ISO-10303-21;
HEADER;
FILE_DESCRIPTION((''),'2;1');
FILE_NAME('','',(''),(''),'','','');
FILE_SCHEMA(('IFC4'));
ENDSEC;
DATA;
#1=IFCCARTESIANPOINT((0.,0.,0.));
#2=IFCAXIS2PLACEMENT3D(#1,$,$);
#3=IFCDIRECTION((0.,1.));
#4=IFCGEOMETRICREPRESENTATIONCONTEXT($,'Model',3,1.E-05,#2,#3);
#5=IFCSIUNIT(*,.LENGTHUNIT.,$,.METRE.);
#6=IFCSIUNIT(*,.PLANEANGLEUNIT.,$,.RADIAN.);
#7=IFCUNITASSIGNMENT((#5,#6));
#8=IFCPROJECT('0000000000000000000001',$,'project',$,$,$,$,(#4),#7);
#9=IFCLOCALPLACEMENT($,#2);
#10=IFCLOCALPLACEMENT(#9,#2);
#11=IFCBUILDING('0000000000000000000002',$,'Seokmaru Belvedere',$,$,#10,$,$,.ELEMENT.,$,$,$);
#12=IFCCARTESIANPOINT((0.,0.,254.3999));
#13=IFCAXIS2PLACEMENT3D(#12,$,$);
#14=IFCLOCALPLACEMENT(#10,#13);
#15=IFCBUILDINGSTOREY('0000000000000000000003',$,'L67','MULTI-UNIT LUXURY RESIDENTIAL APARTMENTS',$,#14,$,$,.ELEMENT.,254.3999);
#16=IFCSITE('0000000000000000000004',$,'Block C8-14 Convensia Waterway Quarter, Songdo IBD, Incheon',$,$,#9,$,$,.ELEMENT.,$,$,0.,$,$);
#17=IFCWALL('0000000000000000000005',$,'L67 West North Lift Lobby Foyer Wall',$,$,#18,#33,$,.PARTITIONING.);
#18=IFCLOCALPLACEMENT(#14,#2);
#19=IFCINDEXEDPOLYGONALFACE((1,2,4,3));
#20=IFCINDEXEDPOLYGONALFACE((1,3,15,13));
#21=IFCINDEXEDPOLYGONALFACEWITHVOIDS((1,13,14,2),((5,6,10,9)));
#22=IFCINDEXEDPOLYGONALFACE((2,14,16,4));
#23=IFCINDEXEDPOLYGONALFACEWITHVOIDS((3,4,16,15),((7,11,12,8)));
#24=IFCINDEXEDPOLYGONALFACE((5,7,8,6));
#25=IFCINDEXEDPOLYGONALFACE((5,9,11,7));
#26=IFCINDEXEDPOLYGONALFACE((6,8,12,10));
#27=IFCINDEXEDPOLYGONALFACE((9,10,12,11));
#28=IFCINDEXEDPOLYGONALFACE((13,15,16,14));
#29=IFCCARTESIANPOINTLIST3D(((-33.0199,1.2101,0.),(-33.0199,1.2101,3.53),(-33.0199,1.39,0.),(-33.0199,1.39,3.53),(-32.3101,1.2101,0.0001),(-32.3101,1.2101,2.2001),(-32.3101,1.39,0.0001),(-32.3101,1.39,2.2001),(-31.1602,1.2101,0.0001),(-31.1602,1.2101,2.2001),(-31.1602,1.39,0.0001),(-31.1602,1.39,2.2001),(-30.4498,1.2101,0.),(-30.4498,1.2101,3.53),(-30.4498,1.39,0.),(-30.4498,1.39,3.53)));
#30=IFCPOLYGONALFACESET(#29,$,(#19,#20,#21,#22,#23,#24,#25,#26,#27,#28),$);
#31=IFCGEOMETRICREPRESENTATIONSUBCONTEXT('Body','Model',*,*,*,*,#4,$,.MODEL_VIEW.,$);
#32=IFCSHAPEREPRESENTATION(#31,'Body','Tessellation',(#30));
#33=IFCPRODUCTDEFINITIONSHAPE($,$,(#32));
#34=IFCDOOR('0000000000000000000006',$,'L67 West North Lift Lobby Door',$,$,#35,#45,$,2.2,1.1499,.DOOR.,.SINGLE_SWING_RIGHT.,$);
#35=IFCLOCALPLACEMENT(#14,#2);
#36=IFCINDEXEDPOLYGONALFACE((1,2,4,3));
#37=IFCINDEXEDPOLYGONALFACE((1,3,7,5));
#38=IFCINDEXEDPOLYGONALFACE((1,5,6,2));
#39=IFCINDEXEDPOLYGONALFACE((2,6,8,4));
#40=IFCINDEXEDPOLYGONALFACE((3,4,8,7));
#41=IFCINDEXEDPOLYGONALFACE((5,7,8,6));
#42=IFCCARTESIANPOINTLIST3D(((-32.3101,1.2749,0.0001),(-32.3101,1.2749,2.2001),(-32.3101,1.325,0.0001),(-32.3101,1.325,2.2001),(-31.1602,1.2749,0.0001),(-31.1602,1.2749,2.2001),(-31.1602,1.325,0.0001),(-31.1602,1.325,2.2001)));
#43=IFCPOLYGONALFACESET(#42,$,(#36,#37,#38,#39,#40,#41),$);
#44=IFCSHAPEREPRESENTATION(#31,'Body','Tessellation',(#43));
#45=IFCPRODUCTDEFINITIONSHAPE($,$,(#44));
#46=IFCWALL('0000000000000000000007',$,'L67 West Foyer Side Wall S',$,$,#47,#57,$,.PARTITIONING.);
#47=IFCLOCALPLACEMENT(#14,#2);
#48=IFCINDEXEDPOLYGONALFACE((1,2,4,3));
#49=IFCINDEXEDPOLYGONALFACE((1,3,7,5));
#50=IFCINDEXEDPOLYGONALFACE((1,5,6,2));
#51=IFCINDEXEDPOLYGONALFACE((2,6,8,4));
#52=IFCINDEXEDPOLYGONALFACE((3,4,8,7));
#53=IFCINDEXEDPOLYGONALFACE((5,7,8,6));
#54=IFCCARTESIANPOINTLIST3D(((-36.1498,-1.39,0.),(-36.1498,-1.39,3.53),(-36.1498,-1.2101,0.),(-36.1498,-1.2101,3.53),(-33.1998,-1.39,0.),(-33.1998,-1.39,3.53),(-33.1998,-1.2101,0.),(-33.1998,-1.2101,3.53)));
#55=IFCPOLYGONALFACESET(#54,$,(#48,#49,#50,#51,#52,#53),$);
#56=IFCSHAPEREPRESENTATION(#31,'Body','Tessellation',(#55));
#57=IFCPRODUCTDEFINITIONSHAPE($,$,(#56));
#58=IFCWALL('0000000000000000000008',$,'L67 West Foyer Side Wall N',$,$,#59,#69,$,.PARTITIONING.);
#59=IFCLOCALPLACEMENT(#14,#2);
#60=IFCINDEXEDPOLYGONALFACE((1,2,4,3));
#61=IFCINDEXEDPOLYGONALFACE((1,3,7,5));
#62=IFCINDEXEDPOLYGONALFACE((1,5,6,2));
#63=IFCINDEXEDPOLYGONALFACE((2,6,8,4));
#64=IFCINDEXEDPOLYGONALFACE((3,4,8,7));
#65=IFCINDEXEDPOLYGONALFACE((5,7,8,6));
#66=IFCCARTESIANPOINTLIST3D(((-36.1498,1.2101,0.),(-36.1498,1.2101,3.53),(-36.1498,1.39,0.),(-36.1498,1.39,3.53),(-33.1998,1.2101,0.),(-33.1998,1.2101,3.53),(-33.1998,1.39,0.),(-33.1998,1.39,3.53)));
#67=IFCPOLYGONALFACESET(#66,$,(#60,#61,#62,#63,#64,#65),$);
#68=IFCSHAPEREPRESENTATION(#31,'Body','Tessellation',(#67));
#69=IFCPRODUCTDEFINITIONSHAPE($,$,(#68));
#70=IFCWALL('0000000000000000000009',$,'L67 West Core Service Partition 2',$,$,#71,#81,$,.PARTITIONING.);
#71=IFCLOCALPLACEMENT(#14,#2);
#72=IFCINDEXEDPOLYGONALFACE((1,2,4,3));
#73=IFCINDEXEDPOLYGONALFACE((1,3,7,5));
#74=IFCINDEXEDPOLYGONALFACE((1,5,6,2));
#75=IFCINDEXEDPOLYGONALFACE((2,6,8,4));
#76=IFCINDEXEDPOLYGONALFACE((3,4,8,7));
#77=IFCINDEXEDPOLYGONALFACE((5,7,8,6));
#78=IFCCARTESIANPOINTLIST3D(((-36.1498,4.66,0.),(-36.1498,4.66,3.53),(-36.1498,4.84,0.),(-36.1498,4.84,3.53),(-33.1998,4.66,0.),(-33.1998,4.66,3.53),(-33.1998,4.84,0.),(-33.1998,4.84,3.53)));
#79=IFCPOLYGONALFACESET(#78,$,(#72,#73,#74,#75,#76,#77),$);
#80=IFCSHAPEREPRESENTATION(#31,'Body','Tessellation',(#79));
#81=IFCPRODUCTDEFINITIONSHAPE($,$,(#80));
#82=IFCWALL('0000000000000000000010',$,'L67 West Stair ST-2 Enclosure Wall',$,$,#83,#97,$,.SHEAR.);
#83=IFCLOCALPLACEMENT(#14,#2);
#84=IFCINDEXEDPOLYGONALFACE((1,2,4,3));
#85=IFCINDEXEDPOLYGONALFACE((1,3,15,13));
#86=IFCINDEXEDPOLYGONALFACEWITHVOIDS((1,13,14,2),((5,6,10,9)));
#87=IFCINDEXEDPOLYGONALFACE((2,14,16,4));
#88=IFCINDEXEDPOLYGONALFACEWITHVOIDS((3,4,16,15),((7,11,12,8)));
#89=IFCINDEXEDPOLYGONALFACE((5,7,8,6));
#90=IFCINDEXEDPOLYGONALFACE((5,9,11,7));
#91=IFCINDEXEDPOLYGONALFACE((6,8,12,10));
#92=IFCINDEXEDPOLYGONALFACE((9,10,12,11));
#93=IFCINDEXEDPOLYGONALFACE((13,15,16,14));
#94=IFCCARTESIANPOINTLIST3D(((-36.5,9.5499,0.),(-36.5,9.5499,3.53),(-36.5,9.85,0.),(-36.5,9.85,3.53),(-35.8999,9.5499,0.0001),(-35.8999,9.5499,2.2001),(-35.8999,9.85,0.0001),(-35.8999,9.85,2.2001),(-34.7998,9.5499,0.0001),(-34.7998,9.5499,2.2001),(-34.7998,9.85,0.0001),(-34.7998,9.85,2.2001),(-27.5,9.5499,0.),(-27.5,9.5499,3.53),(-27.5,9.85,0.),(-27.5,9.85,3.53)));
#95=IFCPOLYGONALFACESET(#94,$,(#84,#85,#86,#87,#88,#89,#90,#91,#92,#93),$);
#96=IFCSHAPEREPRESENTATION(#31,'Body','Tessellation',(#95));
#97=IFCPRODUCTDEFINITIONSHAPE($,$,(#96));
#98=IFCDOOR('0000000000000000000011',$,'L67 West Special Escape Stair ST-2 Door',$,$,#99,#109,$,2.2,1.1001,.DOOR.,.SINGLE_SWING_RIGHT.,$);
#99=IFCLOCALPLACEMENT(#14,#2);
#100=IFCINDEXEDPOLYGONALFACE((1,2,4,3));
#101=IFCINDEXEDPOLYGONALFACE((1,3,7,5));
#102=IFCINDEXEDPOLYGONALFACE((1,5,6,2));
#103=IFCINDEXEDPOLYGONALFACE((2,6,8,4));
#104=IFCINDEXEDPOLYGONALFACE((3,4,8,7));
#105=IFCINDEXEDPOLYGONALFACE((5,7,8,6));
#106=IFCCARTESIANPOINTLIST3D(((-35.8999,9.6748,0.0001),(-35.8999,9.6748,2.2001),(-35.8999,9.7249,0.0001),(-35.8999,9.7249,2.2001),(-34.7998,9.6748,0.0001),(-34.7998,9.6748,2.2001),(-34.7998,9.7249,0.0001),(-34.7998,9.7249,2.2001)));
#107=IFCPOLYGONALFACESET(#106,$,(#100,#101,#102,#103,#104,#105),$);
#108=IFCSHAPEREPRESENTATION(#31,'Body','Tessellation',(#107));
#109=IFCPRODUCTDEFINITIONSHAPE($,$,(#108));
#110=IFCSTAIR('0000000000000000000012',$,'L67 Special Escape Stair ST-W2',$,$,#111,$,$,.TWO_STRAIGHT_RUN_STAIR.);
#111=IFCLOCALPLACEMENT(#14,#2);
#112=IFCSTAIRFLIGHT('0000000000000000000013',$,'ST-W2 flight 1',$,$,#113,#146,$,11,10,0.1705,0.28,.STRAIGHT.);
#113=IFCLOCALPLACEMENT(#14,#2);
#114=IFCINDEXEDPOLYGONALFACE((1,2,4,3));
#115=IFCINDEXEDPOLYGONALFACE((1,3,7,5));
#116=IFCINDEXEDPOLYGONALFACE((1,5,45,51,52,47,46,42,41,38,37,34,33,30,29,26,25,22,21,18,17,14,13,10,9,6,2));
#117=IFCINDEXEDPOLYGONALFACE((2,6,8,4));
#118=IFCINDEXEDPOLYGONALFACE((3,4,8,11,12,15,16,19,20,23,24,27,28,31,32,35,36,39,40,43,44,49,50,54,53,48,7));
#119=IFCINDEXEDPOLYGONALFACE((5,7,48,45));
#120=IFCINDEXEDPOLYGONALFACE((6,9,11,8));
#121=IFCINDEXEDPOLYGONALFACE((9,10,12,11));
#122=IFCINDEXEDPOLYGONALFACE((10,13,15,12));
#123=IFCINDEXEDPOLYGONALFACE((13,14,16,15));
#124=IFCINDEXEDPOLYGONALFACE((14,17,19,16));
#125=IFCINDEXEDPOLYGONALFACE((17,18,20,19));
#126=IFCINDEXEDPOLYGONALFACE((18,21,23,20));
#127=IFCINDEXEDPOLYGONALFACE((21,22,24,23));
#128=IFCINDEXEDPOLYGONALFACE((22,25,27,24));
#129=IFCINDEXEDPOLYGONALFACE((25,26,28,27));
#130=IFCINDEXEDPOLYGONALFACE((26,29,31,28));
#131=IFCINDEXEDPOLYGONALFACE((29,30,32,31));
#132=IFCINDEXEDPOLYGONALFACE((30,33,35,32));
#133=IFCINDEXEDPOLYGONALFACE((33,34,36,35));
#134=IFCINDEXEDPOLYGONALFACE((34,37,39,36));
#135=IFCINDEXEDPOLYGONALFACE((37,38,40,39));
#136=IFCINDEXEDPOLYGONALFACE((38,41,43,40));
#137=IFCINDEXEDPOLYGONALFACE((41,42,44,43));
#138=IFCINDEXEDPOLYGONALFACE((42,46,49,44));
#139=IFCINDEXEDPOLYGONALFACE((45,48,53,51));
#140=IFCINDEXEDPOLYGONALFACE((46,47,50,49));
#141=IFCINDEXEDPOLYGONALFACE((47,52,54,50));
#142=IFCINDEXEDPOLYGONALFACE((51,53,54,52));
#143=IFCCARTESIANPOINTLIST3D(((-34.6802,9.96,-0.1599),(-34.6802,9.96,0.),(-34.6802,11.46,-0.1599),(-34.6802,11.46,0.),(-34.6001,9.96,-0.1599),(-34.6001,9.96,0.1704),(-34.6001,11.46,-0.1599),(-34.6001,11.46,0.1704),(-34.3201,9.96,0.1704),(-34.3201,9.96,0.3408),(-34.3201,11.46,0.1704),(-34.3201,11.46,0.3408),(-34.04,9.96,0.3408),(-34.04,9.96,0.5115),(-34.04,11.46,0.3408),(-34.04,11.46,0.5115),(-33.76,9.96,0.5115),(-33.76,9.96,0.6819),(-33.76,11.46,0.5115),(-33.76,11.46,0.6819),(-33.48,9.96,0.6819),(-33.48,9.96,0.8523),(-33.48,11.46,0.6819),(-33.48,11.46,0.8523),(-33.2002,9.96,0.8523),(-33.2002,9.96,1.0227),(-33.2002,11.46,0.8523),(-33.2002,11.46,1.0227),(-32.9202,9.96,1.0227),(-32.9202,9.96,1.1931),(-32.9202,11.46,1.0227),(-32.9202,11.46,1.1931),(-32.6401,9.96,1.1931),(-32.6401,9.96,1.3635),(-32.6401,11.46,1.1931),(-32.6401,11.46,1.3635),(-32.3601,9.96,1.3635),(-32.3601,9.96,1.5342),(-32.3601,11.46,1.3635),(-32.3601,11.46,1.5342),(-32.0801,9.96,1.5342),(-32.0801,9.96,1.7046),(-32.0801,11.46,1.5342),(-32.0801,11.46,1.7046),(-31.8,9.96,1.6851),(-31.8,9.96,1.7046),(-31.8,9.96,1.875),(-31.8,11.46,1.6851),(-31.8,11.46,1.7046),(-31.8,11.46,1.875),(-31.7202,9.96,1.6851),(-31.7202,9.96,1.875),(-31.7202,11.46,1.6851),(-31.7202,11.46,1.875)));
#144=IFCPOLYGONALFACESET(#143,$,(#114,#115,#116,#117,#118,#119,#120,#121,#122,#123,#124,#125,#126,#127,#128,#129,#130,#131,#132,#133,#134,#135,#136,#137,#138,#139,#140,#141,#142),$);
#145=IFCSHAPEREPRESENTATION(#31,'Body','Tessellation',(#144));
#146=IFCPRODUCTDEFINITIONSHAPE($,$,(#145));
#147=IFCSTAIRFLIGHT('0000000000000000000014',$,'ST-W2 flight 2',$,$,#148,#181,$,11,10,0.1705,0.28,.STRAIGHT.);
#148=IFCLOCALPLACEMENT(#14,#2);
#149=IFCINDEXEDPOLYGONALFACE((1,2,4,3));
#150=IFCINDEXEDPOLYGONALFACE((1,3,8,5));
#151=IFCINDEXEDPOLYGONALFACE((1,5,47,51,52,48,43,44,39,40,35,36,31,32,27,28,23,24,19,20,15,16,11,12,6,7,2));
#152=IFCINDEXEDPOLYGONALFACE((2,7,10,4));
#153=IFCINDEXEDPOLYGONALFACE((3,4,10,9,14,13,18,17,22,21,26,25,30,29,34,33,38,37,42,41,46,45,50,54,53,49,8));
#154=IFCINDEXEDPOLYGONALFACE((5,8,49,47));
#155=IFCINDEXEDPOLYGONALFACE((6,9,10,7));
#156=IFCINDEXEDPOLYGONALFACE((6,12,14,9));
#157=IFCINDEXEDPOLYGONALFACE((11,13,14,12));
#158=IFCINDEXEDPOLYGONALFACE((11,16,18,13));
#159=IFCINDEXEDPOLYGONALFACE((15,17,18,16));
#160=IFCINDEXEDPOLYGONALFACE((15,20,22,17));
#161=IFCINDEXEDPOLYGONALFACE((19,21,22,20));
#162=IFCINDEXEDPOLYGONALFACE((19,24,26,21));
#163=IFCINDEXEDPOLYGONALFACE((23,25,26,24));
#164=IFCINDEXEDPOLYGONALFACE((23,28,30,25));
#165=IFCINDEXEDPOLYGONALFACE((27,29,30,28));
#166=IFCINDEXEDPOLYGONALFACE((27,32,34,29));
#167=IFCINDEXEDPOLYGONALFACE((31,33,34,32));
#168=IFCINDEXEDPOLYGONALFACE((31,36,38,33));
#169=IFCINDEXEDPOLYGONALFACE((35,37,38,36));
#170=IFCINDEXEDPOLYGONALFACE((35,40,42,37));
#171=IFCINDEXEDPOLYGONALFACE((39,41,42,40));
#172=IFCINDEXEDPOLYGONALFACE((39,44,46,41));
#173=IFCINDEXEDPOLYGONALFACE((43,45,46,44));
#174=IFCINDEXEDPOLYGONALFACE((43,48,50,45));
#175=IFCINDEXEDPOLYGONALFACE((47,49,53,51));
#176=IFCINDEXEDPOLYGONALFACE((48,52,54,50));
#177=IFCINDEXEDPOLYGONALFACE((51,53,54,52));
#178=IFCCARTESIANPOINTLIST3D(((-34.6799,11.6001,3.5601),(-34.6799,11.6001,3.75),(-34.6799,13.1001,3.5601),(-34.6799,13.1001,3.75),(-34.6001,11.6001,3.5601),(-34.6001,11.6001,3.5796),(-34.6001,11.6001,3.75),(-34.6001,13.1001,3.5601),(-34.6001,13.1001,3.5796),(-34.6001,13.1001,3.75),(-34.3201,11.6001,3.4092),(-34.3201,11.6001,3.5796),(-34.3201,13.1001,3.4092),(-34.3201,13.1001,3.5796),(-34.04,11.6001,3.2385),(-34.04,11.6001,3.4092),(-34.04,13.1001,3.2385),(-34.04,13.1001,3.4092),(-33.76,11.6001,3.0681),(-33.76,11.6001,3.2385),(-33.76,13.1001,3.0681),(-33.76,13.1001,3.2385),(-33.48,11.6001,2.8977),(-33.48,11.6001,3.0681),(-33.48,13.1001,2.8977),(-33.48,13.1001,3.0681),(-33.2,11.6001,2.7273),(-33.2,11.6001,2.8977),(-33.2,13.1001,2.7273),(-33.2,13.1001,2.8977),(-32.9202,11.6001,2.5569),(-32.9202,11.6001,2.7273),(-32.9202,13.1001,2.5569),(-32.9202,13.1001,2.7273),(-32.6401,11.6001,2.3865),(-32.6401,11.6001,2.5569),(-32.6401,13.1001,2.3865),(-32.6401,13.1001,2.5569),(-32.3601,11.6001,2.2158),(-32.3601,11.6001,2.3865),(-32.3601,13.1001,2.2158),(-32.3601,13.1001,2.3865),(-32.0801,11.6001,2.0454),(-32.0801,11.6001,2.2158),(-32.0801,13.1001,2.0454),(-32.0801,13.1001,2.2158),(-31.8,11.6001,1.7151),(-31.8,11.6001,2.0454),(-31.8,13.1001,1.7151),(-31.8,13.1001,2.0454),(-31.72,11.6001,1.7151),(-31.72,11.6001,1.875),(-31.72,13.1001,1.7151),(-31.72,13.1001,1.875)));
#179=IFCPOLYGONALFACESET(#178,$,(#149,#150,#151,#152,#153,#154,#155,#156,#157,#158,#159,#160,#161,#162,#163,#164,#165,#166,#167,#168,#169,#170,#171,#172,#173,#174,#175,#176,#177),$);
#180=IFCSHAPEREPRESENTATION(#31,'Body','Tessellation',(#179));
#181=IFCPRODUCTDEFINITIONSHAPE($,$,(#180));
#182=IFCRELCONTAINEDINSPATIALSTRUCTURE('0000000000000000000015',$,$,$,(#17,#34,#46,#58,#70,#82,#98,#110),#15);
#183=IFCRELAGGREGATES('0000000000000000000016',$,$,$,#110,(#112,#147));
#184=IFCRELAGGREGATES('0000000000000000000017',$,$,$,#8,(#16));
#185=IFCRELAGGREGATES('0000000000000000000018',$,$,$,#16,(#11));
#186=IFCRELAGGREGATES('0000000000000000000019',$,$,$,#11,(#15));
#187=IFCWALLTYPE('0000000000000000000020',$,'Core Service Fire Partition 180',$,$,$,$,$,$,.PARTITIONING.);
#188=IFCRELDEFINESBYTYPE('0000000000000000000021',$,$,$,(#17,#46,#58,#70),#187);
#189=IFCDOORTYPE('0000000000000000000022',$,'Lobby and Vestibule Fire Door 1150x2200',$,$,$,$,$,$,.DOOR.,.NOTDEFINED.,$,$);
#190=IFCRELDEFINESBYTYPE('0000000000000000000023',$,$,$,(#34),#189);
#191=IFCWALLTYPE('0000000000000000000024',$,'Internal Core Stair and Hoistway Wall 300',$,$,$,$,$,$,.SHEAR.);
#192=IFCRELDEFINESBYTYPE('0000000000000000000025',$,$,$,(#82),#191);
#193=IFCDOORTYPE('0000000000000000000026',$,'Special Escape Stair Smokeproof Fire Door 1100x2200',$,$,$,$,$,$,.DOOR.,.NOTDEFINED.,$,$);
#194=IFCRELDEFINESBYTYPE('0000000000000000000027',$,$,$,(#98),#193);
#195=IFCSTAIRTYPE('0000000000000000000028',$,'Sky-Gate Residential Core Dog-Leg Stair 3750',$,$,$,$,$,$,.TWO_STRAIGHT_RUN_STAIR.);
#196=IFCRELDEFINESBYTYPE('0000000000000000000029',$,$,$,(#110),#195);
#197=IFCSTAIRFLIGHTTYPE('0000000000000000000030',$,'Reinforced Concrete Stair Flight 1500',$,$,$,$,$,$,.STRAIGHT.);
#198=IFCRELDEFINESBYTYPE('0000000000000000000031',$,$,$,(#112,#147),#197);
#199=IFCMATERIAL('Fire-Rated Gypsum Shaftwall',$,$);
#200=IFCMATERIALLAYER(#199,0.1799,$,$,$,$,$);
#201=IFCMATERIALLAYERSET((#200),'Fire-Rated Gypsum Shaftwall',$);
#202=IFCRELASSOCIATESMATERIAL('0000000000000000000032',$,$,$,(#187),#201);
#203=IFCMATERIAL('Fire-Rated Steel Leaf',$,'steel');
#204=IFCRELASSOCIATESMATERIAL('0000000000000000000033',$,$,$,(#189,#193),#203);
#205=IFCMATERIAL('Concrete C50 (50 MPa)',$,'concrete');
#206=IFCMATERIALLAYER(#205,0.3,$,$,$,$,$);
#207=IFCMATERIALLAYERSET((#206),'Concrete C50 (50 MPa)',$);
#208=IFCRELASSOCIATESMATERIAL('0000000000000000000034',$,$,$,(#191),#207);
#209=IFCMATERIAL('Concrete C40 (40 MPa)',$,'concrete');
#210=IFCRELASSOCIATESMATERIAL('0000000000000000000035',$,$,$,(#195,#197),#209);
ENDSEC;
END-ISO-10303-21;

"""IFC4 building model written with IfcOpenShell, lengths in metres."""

from ifc_helpers import new_model, si_unit, direction, frame, frame_2d, origin, place, context, subcontext, project, spatial, polyline, rectangle, outline, extrude, source, transform, mapped, material, layer, layer_set, type_object, type_shapes, element, fill, aggregate, save


model = new_model("IFC4")

# Units and contexts
model_context = context("Model", 3, precision=1e-05, world=origin(), true_north=direction((0.0, 1.0)))
body_context = subcontext(model_context, "Body", "Model", "MODEL_VIEW")
ifc_project = project(units=[si_unit("LENGTHUNIT", "METRE"), si_unit("PLANEANGLEUNIT", "RADIAN")], contexts=[model_context])

# Site, building, storey
site_placement = place(None, origin())
site = spatial("IfcSite", under=ifc_project, at=site_placement, Name="Block C8-14 Convensia Waterway Quarter, Songdo IBD, Incheon", CompositionType="ELEMENT", RefElevation=0.0)
building_placement = place(site_placement, origin())
building = spatial("IfcBuilding", under=site, at=building_placement, Name="Seokmaru Belvedere", CompositionType="ELEMENT")
storey_placement = place(building_placement, frame((0.0, 0.0, 254.3999)))
storey = spatial("IfcBuildingStorey", under=building, at=storey_placement, Name="L67", Description="MULTI-UNIT LUXURY RESIDENTIAL APARTMENTS", CompositionType="ELEMENT", Elevation=254.3999)

# Shared definitions
ifc_material_1 = material(Name="Fire-Rated Gypsum Shaftwall")
ifc_layer_1 = layer(ifc_material_1, 0.1799)
ifc_layer_set_1 = layer_set([ifc_layer_1], Name="Fire-Rated Gypsum Shaftwall")
wall_type_1 = type_object("IfcWallType", Name="Core Service Fire Partition 180", PredefinedType="PARTITIONING", material=ifc_layer_set_1)

# Wall, opening, door
ifc_material_2 = material(Name="Fire-Rated Steel Leaf", Category="steel")
door_type_1 = type_object("IfcDoorType", Name="Lobby and Vestibule Fire Door 1150x2200", OperationType="NOTDEFINED", PredefinedType="DOOR", material=ifc_material_2)
shared_shape_1 = source(origin(), body_context, "Body", "SweptSolid", [
    extrude(rectangle(XDim=1.1499, YDim=2.2, at=frame_2d((0.575, 1.1001))), frame((0.0, 0.0249, 0.0), z_axis=(0.0, -1.0, 0.0), x_axis=(1.0, 0.0, 0.0)), (0.0, 0.0, 1.0), 0.05),
])
type_shapes(door_type_1, [shared_shape_1])
wall_1_placement = place(storey_placement, frame((-33.02, 1.3, 0.0), z_axis=(0.0, 0.0, 1.0), x_axis=(1.0, 0.0, 0.0)))
wall_1 = element("IfcWall", 1, at=wall_1_placement, inside=storey, type_object=wall_type_1, Name="L67 West North Lift Lobby Foyer Wall", PredefinedType="PARTITIONING", context=body_context, shape_type="SweptSolid", body=[
    extrude(rectangle(XDim=2.5701, YDim=0.1799, at=frame_2d((1.2852, 0.0))), origin(), (0.0, 0.0, 1.0), 3.53),
])
opening_1_placement = place(wall_1_placement, frame((0.71, 0.0, 0.0)))
opening_1 = element("IfcOpeningElement", 2, at=opening_1_placement, cuts=wall_1, PredefinedType="OPENING", context=body_context, shape_type="SweptSolid", body=[
    extrude(rectangle(XDim=1.1499, YDim=2.2, at=frame_2d((0.575, 1.1001))), frame((0.0, 0.1001, 0.0), z_axis=(0.0, -1.0, 0.0), x_axis=(1.0, 0.0, 0.0)), (0.0, 0.0, 1.0), 0.2),
])
door_1_placement = place(opening_1_placement, origin())
door_1 = element("IfcDoor", 3, at=door_1_placement, inside=storey, type_object=door_type_1, Name="L67 West North Lift Lobby Door", OperationType="SINGLE_SWING_RIGHT", OverallHeight=2.2, OverallWidth=1.1499, PredefinedType="DOOR", context=body_context, shape_type="MappedRepresentation", body=[
    mapped(shared_shape_1, transform((0.0, 0.0, 0.0), scale=1.0)),
])
fill(opening_1, door_1)

# Walls
for number, where, z_axis, x_axis, name in (
    (4, (-36.1499, -1.3, 0.0), (0.0, 0.0, 1.0), (1.0, 0.0, 0.0), "L67 West Foyer Side Wall S"),
    (5, (-36.1499, 1.3, 0.0), (0.0, 0.0, 1.0), (1.0, 0.0, 0.0), "L67 West Foyer Side Wall N"),
    (6, (-36.1499, 4.75, 0.0), (0.0, 0.0, 1.0), (1.0, 0.0, 0.0), "L67 West Core Service Partition 2"),
):
    element("IfcWall", number, at=place(storey_placement, frame(where, z_axis=z_axis, x_axis=x_axis)), inside=storey, type_object=wall_type_1, Name=name, PredefinedType="PARTITIONING", context=body_context, shape_type="SweptSolid", body=[
        extrude(rectangle(XDim=2.95, YDim=0.1799, at=frame_2d((1.4751, 0.0))), origin(), (0.0, 0.0, 1.0), 3.53),
    ])

# Wall, opening, door
ifc_material_3 = material(Name="Concrete C50 (50 MPa)", Category="concrete")
ifc_layer_2 = layer(ifc_material_3, 0.3)
ifc_layer_set_2 = layer_set([ifc_layer_2], Name="Concrete C50 (50 MPa)")
wall_type_2 = type_object("IfcWallType", Name="Internal Core Stair and Hoistway Wall 300", PredefinedType="SHEAR", material=ifc_layer_set_2)
wall_2_placement = place(storey_placement, frame((-36.5, 9.7, 0.0), z_axis=(0.0, 0.0, 1.0), x_axis=(1.0, 0.0, 0.0)))
wall_2 = element("IfcWall", 7, at=wall_2_placement, inside=storey, type_object=wall_type_2, Name="L67 West Stair ST-2 Enclosure Wall", PredefinedType="SHEAR", context=body_context, shape_type="SweptSolid", body=[
    extrude(rectangle(XDim=9.0, YDim=0.3, at=frame_2d((4.5, 0.0))), origin(), (0.0, 0.0, 1.0), 3.53),
])
opening_2_placement = place(wall_2_placement, frame((0.6001, 0.0, 0.0)))
opening_2 = element("IfcOpeningElement", 8, at=opening_2_placement, cuts=wall_2, PredefinedType="OPENING", context=body_context, shape_type="SweptSolid", body=[
    extrude(rectangle(XDim=1.1001, YDim=2.2, at=frame_2d((0.55, 1.1001))), frame((0.0, 0.1602, 0.0), z_axis=(0.0, -1.0, 0.0), x_axis=(1.0, 0.0, 0.0)), (0.0, 0.0, 1.0), 0.3201),
])
door_type_2 = type_object("IfcDoorType", Name="Special Escape Stair Smokeproof Fire Door 1100x2200", OperationType="NOTDEFINED", PredefinedType="DOOR", material=ifc_material_2)
shared_shape_2 = source(origin(), body_context, "Body", "SweptSolid", [
    extrude(rectangle(XDim=1.1001, YDim=2.2, at=frame_2d((0.55, 1.1001))), frame((0.0, 0.0249, 0.0), z_axis=(0.0, -1.0, 0.0), x_axis=(1.0, 0.0, 0.0)), (0.0, 0.0, 1.0), 0.05),
])
type_shapes(door_type_2, [shared_shape_2])
door_2_placement = place(opening_2_placement, origin())
door_2 = element("IfcDoor", 9, at=door_2_placement, inside=storey, type_object=door_type_2, Name="L67 West Special Escape Stair ST-2 Door", OperationType="SINGLE_SWING_RIGHT", OverallHeight=2.2, OverallWidth=1.1001, PredefinedType="DOOR", context=body_context, shape_type="MappedRepresentation", body=[
    mapped(shared_shape_2, transform((0.0, 0.0, 0.0), scale=1.0)),
])
fill(opening_2, door_2)

# Stair, stair flights
ifc_material_4 = material(Name="Concrete C40 (40 MPa)", Category="concrete")
stair_type = type_object("IfcStairType", Name="Sky-Gate Residential Core Dog-Leg Stair 3750", PredefinedType="TWO_STRAIGHT_RUN_STAIR", material=ifc_material_4)
stair_placement = place(storey_placement, origin())
stair = element("IfcStair", 10, at=stair_placement, inside=storey, type_object=stair_type, Name="L67 Special Escape Stair ST-W2", PredefinedType="TWO_STRAIGHT_RUN_STAIR")
stair_flight_type = type_object("IfcStairFlightType", Name="Reinforced Concrete Stair Flight 1500", PredefinedType="STRAIGHT", material=ifc_material_4)
stair_flight_1_placement = place(storey_placement, frame((-34.6001, 10.71, 0.0), z_axis=(0.0, 0.0, 1.0), x_axis=(1.0, 0.0, 0.0)))
stair_flight_1 = element("IfcStairFlight", 11, at=stair_flight_1_placement, type_object=stair_flight_type, Name="ST-W2 flight 1", NumberOfRisers=11, NumberOfTreads=10, PredefinedType="STRAIGHT", RiserHeight=0.1705, TreadLength=0.28, context=body_context, shape_type="SweptSolid", body=[
    extrude(outline(polyline([(-0.0801, 0.0), (0.0, 0.1704), (0.28, 0.1704), (0.28, 0.3408), (0.5601, 0.3408), (0.5601, 0.5115), (0.8401, 0.5115), (0.8401, 0.6819), (1.1201, 0.6819), (1.1201, 0.8523), (1.3999, 0.8523), (1.3999, 1.0227), (1.6799, 1.0227), (1.6799, 1.1931), (1.96, 1.1931), (1.96, 1.3635), (2.24, 1.3635), (2.24, 1.5342), (2.52, 1.5342), (2.52, 1.7046), (2.8, 1.7046), (2.8, 1.875), (2.8799, 1.875), (2.8799, 1.6851), (2.8, 1.6851), (0.0, -0.1599), (-0.0801, -0.1599), (-0.0801, 0.0)])), frame((0.0, 0.75, 0.0), z_axis=(0.0, -1.0, 0.0), x_axis=(1.0, 0.0, 0.0)), (0.0, 0.0, 1.0), 1.5),
])
stair_flight_2_placement = place(storey_placement, frame((-31.8, 12.3501, 1.875), z_axis=(0.0, 0.0, 1.0), x_axis=(-1.0, 0.0, 0.0)))
stair_flight_2 = element("IfcStairFlight", 12, at=stair_flight_2_placement, type_object=stair_flight_type, Name="ST-W2 flight 2", NumberOfRisers=11, NumberOfTreads=10, PredefinedType="STRAIGHT", RiserHeight=0.1705, TreadLength=0.28, context=body_context, shape_type="SweptSolid", body=[
    extrude(outline(polyline([(-0.0801, 0.0), (0.0, 0.1704), (0.28, 0.1704), (0.28, 0.3408), (0.5601, 0.3408), (0.5601, 0.5115), (0.8401, 0.5115), (0.8401, 0.6819), (1.1201, 0.6819), (1.1201, 0.8523), (1.3999, 0.8523), (1.3999, 1.0227), (1.6799, 1.0227), (1.6799, 1.1931), (1.96, 1.1931), (1.96, 1.3635), (2.24, 1.3635), (2.24, 1.5342), (2.52, 1.5342), (2.52, 1.7046), (2.8, 1.7046), (2.8, 1.875), (2.8799, 1.875), (2.8799, 1.6851), (2.8, 1.6851), (0.0, -0.1599), (-0.0801, -0.1599), (-0.0801, 0.0)])), frame((0.0, 0.75, 0.0), z_axis=(0.0, -1.0, 0.0), x_axis=(1.0, 0.0, 0.0)), (0.0, 0.0, 1.0), 1.5),
])
aggregate(stair, [stair_flight_1, stair_flight_2])

save(model, "model.ifc")
